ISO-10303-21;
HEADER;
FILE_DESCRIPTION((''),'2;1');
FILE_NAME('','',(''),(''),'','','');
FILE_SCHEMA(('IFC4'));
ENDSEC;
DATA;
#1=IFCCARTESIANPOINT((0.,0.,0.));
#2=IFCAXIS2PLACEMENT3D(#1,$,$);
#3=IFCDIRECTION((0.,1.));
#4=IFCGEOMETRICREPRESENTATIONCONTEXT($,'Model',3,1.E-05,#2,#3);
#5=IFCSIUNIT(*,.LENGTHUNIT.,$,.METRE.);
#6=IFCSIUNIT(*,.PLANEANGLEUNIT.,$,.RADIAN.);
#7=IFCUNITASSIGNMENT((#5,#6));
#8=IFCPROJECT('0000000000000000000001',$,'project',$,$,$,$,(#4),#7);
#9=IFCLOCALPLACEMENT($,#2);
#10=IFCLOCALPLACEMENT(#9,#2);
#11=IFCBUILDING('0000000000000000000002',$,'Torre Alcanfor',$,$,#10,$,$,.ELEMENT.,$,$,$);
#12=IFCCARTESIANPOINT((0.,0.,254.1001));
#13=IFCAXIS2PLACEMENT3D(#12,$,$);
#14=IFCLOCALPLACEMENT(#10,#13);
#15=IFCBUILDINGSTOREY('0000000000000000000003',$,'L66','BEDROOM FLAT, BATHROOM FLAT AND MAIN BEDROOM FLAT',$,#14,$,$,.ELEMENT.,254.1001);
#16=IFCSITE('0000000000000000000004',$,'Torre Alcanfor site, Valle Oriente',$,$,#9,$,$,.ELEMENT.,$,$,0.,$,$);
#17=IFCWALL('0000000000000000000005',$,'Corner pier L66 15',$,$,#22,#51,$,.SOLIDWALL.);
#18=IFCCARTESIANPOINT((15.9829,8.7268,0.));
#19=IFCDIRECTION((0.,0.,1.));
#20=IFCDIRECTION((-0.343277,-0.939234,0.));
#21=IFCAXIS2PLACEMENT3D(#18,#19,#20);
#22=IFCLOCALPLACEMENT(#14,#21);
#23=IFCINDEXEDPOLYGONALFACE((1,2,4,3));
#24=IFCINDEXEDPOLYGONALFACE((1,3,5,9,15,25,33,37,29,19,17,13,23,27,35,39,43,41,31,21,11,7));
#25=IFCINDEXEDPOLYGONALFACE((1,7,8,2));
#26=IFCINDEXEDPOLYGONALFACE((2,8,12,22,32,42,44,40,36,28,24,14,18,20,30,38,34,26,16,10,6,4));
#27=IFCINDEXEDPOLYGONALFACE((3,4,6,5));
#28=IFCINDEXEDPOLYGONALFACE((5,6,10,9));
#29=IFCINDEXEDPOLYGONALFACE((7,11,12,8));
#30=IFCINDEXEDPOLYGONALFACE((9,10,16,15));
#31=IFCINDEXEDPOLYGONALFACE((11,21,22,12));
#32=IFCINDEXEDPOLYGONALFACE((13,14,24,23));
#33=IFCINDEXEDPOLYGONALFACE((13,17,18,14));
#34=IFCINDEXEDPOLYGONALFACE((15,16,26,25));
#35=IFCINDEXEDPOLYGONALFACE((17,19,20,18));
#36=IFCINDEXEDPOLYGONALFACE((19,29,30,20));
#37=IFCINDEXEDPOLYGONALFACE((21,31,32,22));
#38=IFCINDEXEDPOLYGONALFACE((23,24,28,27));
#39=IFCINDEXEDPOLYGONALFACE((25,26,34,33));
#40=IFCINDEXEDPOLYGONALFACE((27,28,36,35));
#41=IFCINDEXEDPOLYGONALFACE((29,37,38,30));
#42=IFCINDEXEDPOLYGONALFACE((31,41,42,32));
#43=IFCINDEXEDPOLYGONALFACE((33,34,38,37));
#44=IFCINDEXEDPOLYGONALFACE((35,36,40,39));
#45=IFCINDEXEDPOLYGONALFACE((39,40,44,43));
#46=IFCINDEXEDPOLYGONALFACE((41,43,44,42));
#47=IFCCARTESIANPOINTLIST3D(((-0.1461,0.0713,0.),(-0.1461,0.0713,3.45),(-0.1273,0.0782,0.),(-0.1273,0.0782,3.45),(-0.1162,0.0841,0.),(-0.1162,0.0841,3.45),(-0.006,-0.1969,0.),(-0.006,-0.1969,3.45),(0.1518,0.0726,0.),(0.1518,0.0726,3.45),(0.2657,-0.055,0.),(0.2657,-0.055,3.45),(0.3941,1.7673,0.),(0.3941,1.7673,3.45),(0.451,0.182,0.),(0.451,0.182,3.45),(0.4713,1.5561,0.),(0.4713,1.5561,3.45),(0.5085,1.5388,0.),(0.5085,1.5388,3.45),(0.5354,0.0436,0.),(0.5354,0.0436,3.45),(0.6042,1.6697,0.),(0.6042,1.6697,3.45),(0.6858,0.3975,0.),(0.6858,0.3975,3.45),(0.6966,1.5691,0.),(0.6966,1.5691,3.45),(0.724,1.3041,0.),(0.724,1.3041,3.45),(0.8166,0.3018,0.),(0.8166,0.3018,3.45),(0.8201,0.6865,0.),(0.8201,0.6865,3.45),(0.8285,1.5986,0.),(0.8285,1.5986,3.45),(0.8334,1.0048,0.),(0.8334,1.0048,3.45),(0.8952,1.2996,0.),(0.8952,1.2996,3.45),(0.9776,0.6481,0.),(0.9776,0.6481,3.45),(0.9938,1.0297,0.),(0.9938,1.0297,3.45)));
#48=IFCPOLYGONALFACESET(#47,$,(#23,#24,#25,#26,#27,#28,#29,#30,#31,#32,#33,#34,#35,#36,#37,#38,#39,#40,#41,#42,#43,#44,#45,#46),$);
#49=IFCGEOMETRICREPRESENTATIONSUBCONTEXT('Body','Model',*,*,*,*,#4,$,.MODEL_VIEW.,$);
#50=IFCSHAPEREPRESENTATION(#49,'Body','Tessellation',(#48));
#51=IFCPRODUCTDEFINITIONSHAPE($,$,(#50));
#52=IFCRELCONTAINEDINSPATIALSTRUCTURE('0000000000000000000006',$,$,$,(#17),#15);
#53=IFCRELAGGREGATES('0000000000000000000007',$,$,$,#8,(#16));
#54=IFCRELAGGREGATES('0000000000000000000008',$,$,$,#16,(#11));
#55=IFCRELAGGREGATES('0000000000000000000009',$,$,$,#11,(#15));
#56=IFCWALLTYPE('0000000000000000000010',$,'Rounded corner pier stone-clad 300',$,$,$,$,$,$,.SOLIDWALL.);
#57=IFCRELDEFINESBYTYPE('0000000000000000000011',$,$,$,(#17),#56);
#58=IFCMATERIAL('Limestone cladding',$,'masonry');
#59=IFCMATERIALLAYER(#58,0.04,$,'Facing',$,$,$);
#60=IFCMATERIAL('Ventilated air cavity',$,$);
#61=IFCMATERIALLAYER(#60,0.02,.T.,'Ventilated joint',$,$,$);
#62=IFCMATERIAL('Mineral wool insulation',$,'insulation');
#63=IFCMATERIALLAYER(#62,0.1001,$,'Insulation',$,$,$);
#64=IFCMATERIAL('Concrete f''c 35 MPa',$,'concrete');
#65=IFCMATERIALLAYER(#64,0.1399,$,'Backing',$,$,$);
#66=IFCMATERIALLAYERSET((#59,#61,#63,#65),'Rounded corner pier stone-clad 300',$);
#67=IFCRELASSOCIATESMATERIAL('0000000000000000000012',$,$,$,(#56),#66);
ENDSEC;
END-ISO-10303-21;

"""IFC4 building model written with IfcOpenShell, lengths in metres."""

from ifc_helpers import new_model, si_unit, direction, frame, origin, place, context, subcontext, project, spatial, polyline, outline, extrude, material, layer, layer_set, type_object, element, save


model = new_model("IFC4")

# Units and contexts
model_context = context("Model", 3, precision=1e-05, world=origin(), true_north=direction((0.0, 1.0)))
body_context = subcontext(model_context, "Body", "Model", "MODEL_VIEW")
ifc_project = project(units=[si_unit("LENGTHUNIT", "METRE"), si_unit("PLANEANGLEUNIT", "RADIAN")], contexts=[model_context])

# Site, building, storey
site_placement = place(None, origin())
site = spatial("IfcSite", under=ifc_project, at=site_placement, Name="Torre Alcanfor site, Valle Oriente", CompositionType="ELEMENT", RefElevation=0.0)
building_placement = place(site_placement, origin())
building = spatial("IfcBuilding", under=site, at=building_placement, Name="Torre Alcanfor", CompositionType="ELEMENT")
storey_placement = place(building_placement, frame((0.0, 0.0, 254.1001)))
storey = spatial("IfcBuildingStorey", under=building, at=storey_placement, Name="L66", Description="BEDROOM FLAT, BATHROOM FLAT AND MAIN BEDROOM FLAT", CompositionType="ELEMENT", Elevation=254.1001)

# Shared definitions
ifc_material_1 = material(Name="Limestone cladding", Category="masonry")
ifc_material_2 = material(Name="Ventilated air cavity")
ifc_material_3 = material(Name="Mineral wool insulation", Category="insulation")
ifc_material_4 = material(Name="Concrete f'c 35 MPa", Category="concrete")

# Wall
ifc_layer_1 = layer(ifc_material_1, 0.04, Name="Facing")
ifc_layer_2 = layer(ifc_material_2, 0.02, ventilated=True, Name="Ventilated joint")
ifc_layer_3 = layer(ifc_material_3, 0.1001, Name="Insulation")
ifc_layer_4 = layer(ifc_material_4, 0.1399, Name="Backing")
ifc_layer_set_1 = layer_set([ifc_layer_1, ifc_layer_2, ifc_layer_3, ifc_layer_4], Name="Rounded corner pier stone-clad 300")
wall_type_1 = type_object("IfcWallType", Name="Rounded corner pier stone-clad 300", PredefinedType="SOLIDWALL", material=ifc_layer_set_1)
wall_1_placement = place(storey_placement, frame((15.9829, 8.7268, 0.0), z_axis=(0.0, 0.0, 1.0), x_axis=(-0.343277, -0.939234, 0.0)))
element("IfcWall", 1, at=wall_1_placement, inside=storey, type_object=wall_type_1, Name="Corner pier L66 15", PredefinedType="SOLIDWALL", context=body_context, shape_type="SweptSolid", body=[
    extrude(outline(polyline([(0.8285, 1.5986), (0.6966, 1.5691), (0.6042, 1.6697), (0.3941, 1.7673), (0.4713, 1.5561), (0.5085, 1.5388), (0.724, 1.3041), (0.8334, 1.0048), (0.8201, 0.6865), (0.6858, 0.3975), (0.451, 0.182), (0.1518, 0.0726), (-0.1162, 0.0841), (-0.1273, 0.0782), (-0.1461, 0.0713), (-0.006, -0.1969), (0.2657, -0.055), (0.5354, 0.0436), (0.8166, 0.3018), (0.9776, 0.6481), (0.9938, 1.0297), (0.8952, 1.2996), (0.8285, 1.5986)])), origin(), (0.0, 0.0, 1.0), 3.45),
])

save(model, "model.ifc")
